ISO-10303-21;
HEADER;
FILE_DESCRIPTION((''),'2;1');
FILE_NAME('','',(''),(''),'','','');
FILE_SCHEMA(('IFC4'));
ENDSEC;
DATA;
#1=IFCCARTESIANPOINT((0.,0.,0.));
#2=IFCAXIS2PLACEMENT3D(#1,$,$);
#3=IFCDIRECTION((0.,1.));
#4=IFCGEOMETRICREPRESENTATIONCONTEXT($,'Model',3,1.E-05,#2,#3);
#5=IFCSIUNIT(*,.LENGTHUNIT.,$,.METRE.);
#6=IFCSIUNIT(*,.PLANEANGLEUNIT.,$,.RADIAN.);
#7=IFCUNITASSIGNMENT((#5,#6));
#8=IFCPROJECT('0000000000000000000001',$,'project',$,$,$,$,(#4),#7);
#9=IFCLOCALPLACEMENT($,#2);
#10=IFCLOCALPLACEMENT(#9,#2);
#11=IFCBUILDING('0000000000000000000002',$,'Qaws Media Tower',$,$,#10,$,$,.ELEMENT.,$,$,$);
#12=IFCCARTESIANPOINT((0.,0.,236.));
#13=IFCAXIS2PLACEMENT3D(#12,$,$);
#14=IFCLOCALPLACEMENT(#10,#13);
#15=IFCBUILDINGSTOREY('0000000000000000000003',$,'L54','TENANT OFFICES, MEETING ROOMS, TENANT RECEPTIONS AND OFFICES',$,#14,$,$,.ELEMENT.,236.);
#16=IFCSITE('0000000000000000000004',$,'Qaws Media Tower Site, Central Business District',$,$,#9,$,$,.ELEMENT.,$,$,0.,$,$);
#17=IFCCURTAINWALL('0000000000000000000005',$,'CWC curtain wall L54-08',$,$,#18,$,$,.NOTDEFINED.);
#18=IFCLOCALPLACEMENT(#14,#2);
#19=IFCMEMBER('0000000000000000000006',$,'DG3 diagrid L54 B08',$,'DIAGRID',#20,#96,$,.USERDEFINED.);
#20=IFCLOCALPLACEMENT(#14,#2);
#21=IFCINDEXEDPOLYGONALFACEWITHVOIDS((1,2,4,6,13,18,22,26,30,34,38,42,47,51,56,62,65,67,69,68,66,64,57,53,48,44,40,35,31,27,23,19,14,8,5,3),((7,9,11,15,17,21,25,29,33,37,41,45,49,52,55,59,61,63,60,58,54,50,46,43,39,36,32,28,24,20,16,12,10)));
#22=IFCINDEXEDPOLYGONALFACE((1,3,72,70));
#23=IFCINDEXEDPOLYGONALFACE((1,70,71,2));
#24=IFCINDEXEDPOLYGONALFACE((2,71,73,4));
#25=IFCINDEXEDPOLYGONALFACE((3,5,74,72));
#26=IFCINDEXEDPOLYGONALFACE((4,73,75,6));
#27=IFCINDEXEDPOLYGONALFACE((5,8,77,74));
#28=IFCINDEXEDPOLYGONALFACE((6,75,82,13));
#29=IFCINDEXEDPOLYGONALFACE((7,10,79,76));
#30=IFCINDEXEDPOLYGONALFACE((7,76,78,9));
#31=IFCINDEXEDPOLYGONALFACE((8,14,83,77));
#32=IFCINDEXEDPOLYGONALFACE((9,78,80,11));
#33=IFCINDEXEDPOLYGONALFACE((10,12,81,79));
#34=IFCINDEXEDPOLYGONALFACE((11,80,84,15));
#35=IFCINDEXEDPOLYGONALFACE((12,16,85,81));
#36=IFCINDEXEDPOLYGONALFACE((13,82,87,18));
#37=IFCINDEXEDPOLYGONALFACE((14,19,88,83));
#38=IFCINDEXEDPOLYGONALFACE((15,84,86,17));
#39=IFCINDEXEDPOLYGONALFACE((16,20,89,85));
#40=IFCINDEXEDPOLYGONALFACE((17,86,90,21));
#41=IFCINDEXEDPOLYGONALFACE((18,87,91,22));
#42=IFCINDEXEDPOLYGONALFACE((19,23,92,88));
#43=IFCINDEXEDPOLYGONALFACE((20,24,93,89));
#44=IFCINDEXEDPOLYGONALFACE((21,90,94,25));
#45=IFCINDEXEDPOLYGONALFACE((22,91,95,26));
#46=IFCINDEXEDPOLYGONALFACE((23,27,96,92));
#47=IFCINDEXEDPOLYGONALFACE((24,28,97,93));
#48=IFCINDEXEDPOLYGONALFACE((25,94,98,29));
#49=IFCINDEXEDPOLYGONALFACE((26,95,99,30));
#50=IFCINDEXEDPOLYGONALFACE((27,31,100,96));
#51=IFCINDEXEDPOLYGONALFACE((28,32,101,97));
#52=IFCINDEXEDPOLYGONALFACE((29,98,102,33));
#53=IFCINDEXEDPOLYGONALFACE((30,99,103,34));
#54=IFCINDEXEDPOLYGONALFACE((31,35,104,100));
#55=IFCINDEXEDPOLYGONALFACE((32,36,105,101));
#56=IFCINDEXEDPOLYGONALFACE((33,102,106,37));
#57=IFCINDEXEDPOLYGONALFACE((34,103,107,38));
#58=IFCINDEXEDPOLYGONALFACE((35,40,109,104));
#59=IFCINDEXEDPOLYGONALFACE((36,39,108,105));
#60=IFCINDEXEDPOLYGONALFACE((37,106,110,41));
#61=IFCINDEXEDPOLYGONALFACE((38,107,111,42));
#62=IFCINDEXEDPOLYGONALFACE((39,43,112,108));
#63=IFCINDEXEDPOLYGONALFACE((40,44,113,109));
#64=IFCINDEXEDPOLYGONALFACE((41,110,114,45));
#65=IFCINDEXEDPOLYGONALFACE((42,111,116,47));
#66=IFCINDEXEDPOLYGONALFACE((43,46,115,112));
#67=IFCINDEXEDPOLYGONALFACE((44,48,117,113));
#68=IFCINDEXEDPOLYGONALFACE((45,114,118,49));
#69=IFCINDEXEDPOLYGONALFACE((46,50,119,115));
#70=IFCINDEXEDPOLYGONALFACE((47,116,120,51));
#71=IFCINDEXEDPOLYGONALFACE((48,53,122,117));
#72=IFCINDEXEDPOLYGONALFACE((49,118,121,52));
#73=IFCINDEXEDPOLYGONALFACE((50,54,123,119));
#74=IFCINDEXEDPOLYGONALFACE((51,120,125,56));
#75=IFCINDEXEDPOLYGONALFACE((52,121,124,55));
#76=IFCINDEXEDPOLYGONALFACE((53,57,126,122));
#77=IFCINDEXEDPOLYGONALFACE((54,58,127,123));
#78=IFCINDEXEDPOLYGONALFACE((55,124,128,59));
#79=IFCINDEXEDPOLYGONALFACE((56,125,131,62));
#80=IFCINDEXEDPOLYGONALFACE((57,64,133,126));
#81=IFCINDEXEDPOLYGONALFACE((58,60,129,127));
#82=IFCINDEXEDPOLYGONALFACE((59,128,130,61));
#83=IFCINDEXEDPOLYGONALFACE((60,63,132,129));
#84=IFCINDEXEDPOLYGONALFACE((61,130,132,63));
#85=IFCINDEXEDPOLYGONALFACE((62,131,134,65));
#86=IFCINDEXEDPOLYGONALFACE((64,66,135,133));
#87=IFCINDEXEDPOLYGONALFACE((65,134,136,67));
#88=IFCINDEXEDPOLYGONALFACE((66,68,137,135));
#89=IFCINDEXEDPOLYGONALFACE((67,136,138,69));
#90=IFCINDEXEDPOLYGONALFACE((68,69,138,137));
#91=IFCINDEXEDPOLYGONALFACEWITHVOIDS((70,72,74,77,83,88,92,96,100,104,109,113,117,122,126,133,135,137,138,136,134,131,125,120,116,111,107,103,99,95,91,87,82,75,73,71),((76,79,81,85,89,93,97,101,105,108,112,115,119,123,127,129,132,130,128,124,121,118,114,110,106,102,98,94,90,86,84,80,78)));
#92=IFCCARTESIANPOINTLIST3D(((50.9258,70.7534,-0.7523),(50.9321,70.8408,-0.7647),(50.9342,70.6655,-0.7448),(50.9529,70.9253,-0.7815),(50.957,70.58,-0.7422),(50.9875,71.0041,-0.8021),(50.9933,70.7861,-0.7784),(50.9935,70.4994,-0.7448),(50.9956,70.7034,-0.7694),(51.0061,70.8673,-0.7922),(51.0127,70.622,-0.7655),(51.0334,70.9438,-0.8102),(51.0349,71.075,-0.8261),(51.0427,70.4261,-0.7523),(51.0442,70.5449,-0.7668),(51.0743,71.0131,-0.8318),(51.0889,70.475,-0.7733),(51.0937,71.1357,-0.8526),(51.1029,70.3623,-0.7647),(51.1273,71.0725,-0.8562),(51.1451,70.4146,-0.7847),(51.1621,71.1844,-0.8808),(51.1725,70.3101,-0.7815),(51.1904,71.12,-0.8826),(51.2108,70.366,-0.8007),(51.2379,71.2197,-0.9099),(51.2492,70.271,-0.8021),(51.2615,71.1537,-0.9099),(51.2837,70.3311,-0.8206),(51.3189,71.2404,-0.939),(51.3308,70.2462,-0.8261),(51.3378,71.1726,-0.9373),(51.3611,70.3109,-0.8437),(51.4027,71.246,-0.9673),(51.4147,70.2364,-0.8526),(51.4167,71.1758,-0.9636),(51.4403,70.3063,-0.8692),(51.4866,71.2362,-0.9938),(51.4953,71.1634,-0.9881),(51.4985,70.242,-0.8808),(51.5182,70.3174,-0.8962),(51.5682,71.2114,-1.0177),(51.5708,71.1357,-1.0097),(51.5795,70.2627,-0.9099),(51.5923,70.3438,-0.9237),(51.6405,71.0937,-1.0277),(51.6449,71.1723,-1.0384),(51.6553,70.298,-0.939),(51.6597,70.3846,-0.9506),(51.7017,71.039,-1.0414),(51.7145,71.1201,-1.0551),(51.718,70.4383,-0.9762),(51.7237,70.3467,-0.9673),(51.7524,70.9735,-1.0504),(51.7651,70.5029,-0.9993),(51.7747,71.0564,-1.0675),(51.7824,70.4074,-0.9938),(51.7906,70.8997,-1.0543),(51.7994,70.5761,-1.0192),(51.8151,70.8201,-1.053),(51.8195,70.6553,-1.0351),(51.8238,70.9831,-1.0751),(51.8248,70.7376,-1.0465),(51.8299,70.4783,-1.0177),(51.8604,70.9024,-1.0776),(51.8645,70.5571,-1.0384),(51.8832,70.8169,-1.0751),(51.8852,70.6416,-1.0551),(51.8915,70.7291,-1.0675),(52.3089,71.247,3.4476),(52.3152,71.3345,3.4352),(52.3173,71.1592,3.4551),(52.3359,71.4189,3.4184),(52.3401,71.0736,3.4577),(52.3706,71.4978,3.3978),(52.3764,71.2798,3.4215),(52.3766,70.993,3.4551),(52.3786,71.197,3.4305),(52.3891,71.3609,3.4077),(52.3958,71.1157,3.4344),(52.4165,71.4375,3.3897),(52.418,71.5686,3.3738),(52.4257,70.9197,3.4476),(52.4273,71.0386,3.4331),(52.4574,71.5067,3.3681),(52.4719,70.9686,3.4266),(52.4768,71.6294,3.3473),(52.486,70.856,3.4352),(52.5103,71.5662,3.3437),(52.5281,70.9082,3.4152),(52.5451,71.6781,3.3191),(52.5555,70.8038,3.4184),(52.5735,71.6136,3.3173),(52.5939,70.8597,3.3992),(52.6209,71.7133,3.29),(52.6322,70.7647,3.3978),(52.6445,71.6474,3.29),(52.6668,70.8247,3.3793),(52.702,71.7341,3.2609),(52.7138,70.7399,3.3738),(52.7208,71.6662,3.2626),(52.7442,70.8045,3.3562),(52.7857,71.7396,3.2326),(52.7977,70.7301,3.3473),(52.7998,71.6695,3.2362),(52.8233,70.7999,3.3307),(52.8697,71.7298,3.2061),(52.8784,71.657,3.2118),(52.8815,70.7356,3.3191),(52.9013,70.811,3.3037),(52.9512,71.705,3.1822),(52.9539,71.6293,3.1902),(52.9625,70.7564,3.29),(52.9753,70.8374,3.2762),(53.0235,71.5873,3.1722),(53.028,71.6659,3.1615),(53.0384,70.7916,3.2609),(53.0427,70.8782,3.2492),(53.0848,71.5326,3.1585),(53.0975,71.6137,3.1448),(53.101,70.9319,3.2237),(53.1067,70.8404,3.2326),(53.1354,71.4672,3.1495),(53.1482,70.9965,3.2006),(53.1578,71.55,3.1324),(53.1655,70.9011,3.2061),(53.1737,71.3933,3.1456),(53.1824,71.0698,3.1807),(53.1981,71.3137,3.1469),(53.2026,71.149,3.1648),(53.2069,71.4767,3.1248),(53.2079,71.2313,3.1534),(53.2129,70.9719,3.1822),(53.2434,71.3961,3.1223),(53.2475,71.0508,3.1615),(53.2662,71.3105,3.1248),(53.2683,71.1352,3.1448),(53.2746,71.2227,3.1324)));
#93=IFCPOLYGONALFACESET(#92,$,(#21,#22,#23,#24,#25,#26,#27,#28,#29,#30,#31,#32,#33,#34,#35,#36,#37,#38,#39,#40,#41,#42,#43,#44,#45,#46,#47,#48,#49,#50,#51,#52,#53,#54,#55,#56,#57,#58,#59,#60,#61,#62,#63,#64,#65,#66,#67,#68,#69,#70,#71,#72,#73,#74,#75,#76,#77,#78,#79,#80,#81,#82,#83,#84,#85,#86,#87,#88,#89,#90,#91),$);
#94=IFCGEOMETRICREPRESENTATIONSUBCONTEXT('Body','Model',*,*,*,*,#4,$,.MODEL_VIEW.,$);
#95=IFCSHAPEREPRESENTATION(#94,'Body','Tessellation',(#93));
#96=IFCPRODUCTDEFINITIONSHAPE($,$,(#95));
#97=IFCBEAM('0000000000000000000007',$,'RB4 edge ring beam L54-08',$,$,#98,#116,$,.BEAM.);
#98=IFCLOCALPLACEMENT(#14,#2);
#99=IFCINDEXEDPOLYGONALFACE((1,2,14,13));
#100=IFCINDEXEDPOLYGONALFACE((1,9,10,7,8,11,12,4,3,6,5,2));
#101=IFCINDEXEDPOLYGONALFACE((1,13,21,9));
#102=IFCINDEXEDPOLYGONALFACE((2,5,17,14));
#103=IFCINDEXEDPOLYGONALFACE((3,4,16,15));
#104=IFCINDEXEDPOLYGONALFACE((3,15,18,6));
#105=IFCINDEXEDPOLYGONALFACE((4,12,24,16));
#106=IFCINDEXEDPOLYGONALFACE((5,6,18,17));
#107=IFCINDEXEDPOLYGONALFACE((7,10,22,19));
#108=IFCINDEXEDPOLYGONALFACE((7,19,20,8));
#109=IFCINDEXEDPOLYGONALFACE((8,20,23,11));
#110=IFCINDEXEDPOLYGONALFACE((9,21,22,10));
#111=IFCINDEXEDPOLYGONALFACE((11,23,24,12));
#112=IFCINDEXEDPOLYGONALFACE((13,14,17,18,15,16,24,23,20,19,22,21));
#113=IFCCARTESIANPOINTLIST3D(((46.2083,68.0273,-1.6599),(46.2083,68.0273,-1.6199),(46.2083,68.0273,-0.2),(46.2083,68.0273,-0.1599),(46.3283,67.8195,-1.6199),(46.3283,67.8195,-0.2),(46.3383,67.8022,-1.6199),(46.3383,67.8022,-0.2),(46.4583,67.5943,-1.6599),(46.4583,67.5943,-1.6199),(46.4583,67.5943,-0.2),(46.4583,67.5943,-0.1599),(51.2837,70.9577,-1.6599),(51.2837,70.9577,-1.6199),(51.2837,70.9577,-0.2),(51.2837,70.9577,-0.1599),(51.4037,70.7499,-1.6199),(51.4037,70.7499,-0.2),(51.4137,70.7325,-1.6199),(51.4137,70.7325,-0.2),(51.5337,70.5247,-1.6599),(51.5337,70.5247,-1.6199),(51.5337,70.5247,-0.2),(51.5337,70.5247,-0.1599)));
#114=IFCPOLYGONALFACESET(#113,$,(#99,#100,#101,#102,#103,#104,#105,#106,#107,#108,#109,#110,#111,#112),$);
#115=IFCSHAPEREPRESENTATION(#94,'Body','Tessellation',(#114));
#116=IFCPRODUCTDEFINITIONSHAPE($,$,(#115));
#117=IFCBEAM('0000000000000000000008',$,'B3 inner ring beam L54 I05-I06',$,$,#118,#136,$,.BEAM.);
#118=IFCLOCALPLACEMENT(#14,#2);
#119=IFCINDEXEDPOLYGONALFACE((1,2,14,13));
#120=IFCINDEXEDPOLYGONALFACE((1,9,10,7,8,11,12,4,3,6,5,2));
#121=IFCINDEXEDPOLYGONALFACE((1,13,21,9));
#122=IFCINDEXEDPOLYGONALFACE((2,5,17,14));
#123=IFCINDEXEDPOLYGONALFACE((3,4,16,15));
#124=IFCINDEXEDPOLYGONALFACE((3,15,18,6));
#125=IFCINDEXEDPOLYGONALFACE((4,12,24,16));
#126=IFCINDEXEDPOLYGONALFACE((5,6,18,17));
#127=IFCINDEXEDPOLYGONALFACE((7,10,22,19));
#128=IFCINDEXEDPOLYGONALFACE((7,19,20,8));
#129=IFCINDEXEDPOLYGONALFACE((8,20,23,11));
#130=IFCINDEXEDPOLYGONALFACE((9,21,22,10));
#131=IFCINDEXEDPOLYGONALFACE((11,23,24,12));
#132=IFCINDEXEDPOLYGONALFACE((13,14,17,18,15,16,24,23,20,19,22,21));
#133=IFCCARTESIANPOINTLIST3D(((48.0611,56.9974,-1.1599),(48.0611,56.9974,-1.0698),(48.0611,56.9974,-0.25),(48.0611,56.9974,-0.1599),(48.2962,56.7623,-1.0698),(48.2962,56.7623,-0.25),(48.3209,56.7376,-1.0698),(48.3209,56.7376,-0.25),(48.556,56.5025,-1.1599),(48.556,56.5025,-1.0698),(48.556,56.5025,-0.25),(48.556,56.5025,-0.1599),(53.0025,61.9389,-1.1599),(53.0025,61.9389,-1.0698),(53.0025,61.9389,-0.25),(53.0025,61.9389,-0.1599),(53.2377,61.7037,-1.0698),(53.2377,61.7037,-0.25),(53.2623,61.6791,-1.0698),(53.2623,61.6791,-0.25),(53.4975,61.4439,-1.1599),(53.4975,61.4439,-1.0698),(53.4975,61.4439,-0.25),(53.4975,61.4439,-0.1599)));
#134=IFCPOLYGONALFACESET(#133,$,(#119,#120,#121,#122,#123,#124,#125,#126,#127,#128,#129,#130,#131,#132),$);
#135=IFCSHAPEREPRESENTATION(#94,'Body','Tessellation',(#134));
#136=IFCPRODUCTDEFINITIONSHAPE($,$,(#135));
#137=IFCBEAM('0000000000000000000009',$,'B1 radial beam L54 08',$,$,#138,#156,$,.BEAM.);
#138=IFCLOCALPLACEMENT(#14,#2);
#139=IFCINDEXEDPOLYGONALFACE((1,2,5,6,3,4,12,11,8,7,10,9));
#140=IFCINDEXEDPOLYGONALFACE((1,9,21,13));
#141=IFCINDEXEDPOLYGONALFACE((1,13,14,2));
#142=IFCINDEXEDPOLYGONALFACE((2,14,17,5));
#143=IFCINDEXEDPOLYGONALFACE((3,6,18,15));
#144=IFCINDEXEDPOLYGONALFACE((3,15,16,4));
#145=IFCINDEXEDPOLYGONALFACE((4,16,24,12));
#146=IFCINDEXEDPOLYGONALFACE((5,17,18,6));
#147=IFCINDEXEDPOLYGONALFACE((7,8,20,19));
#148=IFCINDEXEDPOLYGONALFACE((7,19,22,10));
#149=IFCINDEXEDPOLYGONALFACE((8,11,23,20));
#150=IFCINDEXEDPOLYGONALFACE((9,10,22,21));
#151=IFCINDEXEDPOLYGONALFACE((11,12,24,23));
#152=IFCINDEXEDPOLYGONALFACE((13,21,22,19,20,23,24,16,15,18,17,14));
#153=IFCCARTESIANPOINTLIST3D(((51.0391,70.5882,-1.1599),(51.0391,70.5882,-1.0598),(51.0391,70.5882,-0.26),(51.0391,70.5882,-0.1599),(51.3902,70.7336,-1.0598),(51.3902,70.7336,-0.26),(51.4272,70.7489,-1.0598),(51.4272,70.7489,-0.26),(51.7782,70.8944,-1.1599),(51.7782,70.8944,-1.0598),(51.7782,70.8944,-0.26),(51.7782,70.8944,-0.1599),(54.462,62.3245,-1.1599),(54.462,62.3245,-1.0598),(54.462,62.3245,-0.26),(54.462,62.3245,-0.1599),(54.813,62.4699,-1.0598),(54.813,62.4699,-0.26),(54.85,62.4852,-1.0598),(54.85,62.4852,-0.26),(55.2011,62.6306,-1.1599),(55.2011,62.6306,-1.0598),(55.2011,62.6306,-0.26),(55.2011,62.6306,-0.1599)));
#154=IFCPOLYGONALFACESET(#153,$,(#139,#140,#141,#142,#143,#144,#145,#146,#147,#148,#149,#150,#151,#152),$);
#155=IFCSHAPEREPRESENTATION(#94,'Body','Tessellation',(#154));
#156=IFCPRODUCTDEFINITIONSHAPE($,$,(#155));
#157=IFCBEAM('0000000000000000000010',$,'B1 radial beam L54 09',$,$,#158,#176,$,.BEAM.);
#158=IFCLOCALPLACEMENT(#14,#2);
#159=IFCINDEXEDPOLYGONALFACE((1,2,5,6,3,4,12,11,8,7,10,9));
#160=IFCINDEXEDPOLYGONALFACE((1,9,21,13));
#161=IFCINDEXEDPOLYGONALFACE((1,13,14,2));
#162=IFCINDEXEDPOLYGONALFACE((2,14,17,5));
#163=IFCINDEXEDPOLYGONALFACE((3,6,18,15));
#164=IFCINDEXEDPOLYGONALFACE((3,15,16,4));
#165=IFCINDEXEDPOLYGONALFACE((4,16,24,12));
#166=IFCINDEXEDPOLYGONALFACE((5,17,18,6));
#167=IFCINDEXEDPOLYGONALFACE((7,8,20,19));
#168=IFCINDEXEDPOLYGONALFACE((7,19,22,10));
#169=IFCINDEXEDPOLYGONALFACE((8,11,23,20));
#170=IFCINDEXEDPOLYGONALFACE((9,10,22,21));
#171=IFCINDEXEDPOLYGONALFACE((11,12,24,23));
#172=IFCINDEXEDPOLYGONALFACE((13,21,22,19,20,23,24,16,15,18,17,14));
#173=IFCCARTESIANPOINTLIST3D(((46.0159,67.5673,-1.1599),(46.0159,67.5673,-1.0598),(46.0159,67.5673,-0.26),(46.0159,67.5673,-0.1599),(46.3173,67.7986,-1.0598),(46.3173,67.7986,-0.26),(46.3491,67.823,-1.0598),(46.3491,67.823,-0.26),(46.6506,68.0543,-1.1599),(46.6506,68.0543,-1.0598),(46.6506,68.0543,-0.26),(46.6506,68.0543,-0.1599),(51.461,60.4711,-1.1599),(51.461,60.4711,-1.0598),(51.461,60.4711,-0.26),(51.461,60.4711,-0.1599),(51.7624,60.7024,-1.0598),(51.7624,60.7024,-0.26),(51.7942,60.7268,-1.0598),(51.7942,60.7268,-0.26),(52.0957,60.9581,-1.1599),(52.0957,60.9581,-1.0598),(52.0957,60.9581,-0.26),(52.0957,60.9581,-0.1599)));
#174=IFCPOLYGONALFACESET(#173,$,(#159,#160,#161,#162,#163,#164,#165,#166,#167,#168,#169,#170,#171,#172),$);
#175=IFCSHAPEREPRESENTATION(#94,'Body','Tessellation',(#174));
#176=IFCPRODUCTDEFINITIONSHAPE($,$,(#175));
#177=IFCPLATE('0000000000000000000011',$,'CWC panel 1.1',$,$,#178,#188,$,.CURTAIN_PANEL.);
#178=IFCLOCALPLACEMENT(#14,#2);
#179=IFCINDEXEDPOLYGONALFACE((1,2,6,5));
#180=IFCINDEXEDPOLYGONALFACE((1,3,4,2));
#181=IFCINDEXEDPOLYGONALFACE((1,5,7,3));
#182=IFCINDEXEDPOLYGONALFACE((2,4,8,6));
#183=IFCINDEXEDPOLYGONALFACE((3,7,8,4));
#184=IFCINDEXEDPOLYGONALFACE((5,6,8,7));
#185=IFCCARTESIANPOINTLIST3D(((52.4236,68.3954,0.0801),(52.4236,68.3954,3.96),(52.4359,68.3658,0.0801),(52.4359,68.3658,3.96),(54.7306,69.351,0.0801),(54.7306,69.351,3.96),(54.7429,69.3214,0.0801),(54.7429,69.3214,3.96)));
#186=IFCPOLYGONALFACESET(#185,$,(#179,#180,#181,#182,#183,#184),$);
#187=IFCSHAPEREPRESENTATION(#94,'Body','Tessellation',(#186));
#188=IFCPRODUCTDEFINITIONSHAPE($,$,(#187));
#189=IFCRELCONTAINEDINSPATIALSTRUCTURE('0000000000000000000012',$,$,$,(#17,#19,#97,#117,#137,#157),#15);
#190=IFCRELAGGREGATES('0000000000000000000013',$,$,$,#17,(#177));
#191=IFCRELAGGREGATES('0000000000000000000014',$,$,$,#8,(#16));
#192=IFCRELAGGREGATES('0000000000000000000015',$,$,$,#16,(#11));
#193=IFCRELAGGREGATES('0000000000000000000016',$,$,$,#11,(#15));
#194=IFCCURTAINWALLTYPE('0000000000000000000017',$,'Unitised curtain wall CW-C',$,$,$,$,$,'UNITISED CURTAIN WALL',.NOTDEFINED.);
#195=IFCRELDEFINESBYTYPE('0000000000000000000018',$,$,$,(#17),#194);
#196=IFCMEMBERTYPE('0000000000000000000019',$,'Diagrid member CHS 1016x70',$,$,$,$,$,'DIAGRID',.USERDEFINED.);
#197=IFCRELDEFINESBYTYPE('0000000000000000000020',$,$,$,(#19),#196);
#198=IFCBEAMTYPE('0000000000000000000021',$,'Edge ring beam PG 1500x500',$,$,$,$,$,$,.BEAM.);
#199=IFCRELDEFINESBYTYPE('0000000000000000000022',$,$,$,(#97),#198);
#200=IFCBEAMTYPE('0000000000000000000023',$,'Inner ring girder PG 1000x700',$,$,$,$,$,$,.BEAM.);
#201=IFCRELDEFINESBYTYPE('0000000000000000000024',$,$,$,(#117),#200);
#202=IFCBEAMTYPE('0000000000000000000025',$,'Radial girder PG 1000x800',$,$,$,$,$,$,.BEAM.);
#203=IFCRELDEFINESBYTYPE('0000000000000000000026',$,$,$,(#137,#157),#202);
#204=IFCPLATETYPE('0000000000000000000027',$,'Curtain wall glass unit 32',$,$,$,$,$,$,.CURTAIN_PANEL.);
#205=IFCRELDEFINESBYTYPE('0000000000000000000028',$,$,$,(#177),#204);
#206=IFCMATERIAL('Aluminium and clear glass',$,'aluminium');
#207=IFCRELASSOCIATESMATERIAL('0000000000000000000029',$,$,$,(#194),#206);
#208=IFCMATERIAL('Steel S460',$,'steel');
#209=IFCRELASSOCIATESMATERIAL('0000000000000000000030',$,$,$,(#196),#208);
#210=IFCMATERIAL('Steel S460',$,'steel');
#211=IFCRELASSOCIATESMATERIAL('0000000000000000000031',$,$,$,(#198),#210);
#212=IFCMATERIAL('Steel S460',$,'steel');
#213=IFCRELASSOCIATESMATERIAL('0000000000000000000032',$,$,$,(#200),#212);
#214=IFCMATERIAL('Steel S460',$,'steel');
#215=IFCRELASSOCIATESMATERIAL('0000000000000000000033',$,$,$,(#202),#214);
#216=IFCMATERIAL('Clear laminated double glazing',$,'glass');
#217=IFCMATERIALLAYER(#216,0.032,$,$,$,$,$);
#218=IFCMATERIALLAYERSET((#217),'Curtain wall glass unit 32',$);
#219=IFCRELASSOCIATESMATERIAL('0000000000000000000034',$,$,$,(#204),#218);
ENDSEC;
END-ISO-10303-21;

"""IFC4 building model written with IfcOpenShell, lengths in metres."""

from ifc_helpers import new_model, si_unit, direction, frame, origin, origin_2d, place, context, subcontext, project, spatial, rectangle, hollow_circle, i_section, extrude, material, layer, layer_set, material_profile, profile_set, type_object, element, aggregate, save


model = new_model("IFC4")

# Units and contexts
model_context = context("Model", 3, precision=1e-05, world=origin(), true_north=direction((0.0, 1.0)))
body_context = subcontext(model_context, "Body", "Model", "MODEL_VIEW")
ifc_project = project(units=[si_unit("LENGTHUNIT", "METRE"), si_unit("PLANEANGLEUNIT", "RADIAN")], contexts=[model_context])

# Site, building, storey
site_placement = place(None, origin())
site = spatial("IfcSite", under=ifc_project, at=site_placement, Name="Qaws Media Tower Site, Central Business District", CompositionType="ELEMENT", RefElevation=0.0)
building_placement = place(site_placement, origin())
building = spatial("IfcBuilding", under=site, at=building_placement, Name="Qaws Media Tower", CompositionType="ELEMENT")
storey_placement = place(building_placement, frame((0.0, 0.0, 236.0)))
storey = spatial("IfcBuildingStorey", under=building, at=storey_placement, Name="L54", Description="TENANT OFFICES, MEETING ROOMS, TENANT RECEPTIONS AND OFFICES", CompositionType="ELEMENT", Elevation=236.0)

# Curtain wall
ifc_material_1 = material(Name="Aluminium and clear glass", Category="aluminium")
curtain_wall_type = type_object("IfcCurtainWallType", Name="Unitised curtain wall CW-C", ElementType="UNITISED CURTAIN WALL", PredefinedType="NOTDEFINED", material=ifc_material_1)
curtain_wall_1_placement = place(storey_placement, origin())
curtain_wall_1 = element("IfcCurtainWall", 1, at=curtain_wall_1_placement, inside=storey, type_object=curtain_wall_type, Name="CWC curtain wall L54-08", PredefinedType="NOTDEFINED")

# Member
ifc_material_2 = material(Name="Steel S460", Category="steel")
ifc_material_profile_1 = material_profile(ifc_material_2, hollow_circle(Radius=0.5081, WallThickness=0.0701, at=origin_2d()), Name="CHS 1016x70")
ifc_profile_set_1 = profile_set([ifc_material_profile_1], Name="Steel S460")
member_type_1 = type_object("IfcMemberType", Name="Diagrid member CHS 1016x70", ElementType="DIAGRID", PredefinedType="USERDEFINED", material=ifc_profile_set_1)
for number, where, z_axis, x_axis, name in (
    (2, (51.4087, 70.7412, -0.9099), (0.310849, 0.110951, 0.943961), (-0.336157, 0.941806, 0.0), "DG3 diagrid L54 B08"),
):
    element("IfcMember", number, at=place(storey_placement, frame(where, z_axis=z_axis, x_axis=x_axis)), inside=storey, type_object=member_type_1, Name=name, ObjectType="DIAGRID", PredefinedType="USERDEFINED", context=body_context, shape_type="SweptSolid", body=[
        extrude(hollow_circle(Radius=0.5081, WallThickness=0.0701, at=origin_2d()), origin(), (0.0, 0.0, 1.0), 4.4492),
    ])

# Beams
ifc_material_3 = material(Name="Steel S460", Category="steel")
ifc_material_profile_2 = material_profile(ifc_material_3, i_section(OverallWidth=0.5, OverallDepth=1.5, WebThickness=0.02, FlangeThickness=0.04, at=origin_2d()), Name="PG 1500x500")
ifc_profile_set_2 = profile_set([ifc_material_profile_2], Name="Steel S460")
beam_type_1 = type_object("IfcBeamType", Name="Edge ring beam PG 1500x500", PredefinedType="BEAM", material=ifc_profile_set_2)
beam_1_placement = place(storey_placement, frame((51.4087, 70.7412, -0.9099), z_axis=(-0.866017, -0.500015, 0.0), x_axis=(0.500015, -0.866017, 0.0)))
element("IfcBeam", 3, at=beam_1_placement, inside=storey, type_object=beam_type_1, Name="RB4 edge ring beam L54-08", PredefinedType="BEAM", context=body_context, shape_type="SweptSolid", body=[
    extrude(i_section(OverallWidth=0.5, OverallDepth=1.5, WebThickness=0.02, FlangeThickness=0.04, at=origin_2d()), origin(), (0.0, 0.0, 1.0), 5.8606),
])
ifc_material_4 = material(Name="Steel S460", Category="steel")
ifc_material_profile_3 = material_profile(ifc_material_4, i_section(OverallWidth=0.7, OverallDepth=1.0, WebThickness=0.0349, FlangeThickness=0.0901, at=origin_2d()), Name="PG 1000x700")
ifc_profile_set_3 = profile_set([ifc_material_profile_3], Name="Steel S460")
beam_type_2 = type_object("IfcBeamType", Name="Inner ring girder PG 1000x700", PredefinedType="BEAM", material=ifc_profile_set_3)
beam_2_placement = place(storey_placement, frame((53.25, 61.6914, -0.6599), z_axis=(-0.707107, -0.707107, 0.0), x_axis=(0.707107, -0.707107, 0.0)))
element("IfcBeam", 4, at=beam_2_placement, inside=storey, type_object=beam_type_2, Name="B3 inner ring beam L54 I05-I06", PredefinedType="BEAM", context=body_context, shape_type="SweptSolid", body=[
    extrude(i_section(OverallWidth=0.7, OverallDepth=1.0, WebThickness=0.0349, FlangeThickness=0.0901, at=origin_2d()), origin(), (0.0, 0.0, 1.0), 6.9883),
])
ifc_material_5 = material(Name="Steel S460", Category="steel")
ifc_material_profile_4 = material_profile(ifc_material_5, i_section(OverallWidth=0.8, OverallDepth=1.0, WebThickness=0.04, FlangeThickness=0.1001, at=origin_2d()), Name="PG 1000x800")
ifc_profile_set_4 = profile_set([ifc_material_profile_4], Name="Steel S460")
beam_type_3 = type_object("IfcBeamType", Name="Radial girder PG 1000x800", PredefinedType="BEAM", material=ifc_profile_set_4)
for number, where, z_axis, x_axis, name in (
    (5, (54.8315, 62.4775, -0.6599), (-0.382676, 0.923882, 0.0), (-0.923882, -0.382676, 0.0), "B1 radial beam L54 08"),
    (6, (51.7783, 60.7146, -0.6599), (-0.608759, 0.793355, 0.0), (-0.793355, -0.608759, 0.0), "B1 radial beam L54 09"),
):
    element("IfcBeam", number, at=place(storey_placement, frame(where, z_axis=z_axis, x_axis=x_axis)), inside=storey, type_object=beam_type_3, Name=name, PredefinedType="BEAM", context=body_context, shape_type="SweptSolid", body=[
        extrude(i_section(OverallWidth=0.8, OverallDepth=1.0, WebThickness=0.04, FlangeThickness=0.1001, at=origin_2d()), origin(), (0.0, 0.0, 1.0), 8.9446),
    ])

# Plate
ifc_material_6 = material(Name="Clear laminated double glazing", Category="glass")
ifc_layer_1 = layer(ifc_material_6, 0.032)
ifc_layer_set_1 = layer_set([ifc_layer_1], Name="Curtain wall glass unit 32")
plate_type = type_object("IfcPlateType", Name="Curtain wall glass unit 32", PredefinedType="CURTAIN_PANEL", material=ifc_layer_set_1)
plate_1_placement = place(storey_placement, frame((53.5833, 68.8584, 0.0801), z_axis=(0.0, 0.0, 1.0), x_axis=(-0.923879, -0.382684, 0.0)))
plate_1 = element("IfcPlate", 7, at=plate_1_placement, type_object=plate_type, Name="CWC panel 1.1", PredefinedType="CURTAIN_PANEL", context=body_context, shape_type="SweptSolid", body=[
    extrude(rectangle(XDim=2.4971, YDim=0.032, at=origin_2d()), origin(), (0.0, 0.0, 1.0), 3.8799),
])
aggregate(curtain_wall_1, [plate_1])

save(model, "model.ifc")
